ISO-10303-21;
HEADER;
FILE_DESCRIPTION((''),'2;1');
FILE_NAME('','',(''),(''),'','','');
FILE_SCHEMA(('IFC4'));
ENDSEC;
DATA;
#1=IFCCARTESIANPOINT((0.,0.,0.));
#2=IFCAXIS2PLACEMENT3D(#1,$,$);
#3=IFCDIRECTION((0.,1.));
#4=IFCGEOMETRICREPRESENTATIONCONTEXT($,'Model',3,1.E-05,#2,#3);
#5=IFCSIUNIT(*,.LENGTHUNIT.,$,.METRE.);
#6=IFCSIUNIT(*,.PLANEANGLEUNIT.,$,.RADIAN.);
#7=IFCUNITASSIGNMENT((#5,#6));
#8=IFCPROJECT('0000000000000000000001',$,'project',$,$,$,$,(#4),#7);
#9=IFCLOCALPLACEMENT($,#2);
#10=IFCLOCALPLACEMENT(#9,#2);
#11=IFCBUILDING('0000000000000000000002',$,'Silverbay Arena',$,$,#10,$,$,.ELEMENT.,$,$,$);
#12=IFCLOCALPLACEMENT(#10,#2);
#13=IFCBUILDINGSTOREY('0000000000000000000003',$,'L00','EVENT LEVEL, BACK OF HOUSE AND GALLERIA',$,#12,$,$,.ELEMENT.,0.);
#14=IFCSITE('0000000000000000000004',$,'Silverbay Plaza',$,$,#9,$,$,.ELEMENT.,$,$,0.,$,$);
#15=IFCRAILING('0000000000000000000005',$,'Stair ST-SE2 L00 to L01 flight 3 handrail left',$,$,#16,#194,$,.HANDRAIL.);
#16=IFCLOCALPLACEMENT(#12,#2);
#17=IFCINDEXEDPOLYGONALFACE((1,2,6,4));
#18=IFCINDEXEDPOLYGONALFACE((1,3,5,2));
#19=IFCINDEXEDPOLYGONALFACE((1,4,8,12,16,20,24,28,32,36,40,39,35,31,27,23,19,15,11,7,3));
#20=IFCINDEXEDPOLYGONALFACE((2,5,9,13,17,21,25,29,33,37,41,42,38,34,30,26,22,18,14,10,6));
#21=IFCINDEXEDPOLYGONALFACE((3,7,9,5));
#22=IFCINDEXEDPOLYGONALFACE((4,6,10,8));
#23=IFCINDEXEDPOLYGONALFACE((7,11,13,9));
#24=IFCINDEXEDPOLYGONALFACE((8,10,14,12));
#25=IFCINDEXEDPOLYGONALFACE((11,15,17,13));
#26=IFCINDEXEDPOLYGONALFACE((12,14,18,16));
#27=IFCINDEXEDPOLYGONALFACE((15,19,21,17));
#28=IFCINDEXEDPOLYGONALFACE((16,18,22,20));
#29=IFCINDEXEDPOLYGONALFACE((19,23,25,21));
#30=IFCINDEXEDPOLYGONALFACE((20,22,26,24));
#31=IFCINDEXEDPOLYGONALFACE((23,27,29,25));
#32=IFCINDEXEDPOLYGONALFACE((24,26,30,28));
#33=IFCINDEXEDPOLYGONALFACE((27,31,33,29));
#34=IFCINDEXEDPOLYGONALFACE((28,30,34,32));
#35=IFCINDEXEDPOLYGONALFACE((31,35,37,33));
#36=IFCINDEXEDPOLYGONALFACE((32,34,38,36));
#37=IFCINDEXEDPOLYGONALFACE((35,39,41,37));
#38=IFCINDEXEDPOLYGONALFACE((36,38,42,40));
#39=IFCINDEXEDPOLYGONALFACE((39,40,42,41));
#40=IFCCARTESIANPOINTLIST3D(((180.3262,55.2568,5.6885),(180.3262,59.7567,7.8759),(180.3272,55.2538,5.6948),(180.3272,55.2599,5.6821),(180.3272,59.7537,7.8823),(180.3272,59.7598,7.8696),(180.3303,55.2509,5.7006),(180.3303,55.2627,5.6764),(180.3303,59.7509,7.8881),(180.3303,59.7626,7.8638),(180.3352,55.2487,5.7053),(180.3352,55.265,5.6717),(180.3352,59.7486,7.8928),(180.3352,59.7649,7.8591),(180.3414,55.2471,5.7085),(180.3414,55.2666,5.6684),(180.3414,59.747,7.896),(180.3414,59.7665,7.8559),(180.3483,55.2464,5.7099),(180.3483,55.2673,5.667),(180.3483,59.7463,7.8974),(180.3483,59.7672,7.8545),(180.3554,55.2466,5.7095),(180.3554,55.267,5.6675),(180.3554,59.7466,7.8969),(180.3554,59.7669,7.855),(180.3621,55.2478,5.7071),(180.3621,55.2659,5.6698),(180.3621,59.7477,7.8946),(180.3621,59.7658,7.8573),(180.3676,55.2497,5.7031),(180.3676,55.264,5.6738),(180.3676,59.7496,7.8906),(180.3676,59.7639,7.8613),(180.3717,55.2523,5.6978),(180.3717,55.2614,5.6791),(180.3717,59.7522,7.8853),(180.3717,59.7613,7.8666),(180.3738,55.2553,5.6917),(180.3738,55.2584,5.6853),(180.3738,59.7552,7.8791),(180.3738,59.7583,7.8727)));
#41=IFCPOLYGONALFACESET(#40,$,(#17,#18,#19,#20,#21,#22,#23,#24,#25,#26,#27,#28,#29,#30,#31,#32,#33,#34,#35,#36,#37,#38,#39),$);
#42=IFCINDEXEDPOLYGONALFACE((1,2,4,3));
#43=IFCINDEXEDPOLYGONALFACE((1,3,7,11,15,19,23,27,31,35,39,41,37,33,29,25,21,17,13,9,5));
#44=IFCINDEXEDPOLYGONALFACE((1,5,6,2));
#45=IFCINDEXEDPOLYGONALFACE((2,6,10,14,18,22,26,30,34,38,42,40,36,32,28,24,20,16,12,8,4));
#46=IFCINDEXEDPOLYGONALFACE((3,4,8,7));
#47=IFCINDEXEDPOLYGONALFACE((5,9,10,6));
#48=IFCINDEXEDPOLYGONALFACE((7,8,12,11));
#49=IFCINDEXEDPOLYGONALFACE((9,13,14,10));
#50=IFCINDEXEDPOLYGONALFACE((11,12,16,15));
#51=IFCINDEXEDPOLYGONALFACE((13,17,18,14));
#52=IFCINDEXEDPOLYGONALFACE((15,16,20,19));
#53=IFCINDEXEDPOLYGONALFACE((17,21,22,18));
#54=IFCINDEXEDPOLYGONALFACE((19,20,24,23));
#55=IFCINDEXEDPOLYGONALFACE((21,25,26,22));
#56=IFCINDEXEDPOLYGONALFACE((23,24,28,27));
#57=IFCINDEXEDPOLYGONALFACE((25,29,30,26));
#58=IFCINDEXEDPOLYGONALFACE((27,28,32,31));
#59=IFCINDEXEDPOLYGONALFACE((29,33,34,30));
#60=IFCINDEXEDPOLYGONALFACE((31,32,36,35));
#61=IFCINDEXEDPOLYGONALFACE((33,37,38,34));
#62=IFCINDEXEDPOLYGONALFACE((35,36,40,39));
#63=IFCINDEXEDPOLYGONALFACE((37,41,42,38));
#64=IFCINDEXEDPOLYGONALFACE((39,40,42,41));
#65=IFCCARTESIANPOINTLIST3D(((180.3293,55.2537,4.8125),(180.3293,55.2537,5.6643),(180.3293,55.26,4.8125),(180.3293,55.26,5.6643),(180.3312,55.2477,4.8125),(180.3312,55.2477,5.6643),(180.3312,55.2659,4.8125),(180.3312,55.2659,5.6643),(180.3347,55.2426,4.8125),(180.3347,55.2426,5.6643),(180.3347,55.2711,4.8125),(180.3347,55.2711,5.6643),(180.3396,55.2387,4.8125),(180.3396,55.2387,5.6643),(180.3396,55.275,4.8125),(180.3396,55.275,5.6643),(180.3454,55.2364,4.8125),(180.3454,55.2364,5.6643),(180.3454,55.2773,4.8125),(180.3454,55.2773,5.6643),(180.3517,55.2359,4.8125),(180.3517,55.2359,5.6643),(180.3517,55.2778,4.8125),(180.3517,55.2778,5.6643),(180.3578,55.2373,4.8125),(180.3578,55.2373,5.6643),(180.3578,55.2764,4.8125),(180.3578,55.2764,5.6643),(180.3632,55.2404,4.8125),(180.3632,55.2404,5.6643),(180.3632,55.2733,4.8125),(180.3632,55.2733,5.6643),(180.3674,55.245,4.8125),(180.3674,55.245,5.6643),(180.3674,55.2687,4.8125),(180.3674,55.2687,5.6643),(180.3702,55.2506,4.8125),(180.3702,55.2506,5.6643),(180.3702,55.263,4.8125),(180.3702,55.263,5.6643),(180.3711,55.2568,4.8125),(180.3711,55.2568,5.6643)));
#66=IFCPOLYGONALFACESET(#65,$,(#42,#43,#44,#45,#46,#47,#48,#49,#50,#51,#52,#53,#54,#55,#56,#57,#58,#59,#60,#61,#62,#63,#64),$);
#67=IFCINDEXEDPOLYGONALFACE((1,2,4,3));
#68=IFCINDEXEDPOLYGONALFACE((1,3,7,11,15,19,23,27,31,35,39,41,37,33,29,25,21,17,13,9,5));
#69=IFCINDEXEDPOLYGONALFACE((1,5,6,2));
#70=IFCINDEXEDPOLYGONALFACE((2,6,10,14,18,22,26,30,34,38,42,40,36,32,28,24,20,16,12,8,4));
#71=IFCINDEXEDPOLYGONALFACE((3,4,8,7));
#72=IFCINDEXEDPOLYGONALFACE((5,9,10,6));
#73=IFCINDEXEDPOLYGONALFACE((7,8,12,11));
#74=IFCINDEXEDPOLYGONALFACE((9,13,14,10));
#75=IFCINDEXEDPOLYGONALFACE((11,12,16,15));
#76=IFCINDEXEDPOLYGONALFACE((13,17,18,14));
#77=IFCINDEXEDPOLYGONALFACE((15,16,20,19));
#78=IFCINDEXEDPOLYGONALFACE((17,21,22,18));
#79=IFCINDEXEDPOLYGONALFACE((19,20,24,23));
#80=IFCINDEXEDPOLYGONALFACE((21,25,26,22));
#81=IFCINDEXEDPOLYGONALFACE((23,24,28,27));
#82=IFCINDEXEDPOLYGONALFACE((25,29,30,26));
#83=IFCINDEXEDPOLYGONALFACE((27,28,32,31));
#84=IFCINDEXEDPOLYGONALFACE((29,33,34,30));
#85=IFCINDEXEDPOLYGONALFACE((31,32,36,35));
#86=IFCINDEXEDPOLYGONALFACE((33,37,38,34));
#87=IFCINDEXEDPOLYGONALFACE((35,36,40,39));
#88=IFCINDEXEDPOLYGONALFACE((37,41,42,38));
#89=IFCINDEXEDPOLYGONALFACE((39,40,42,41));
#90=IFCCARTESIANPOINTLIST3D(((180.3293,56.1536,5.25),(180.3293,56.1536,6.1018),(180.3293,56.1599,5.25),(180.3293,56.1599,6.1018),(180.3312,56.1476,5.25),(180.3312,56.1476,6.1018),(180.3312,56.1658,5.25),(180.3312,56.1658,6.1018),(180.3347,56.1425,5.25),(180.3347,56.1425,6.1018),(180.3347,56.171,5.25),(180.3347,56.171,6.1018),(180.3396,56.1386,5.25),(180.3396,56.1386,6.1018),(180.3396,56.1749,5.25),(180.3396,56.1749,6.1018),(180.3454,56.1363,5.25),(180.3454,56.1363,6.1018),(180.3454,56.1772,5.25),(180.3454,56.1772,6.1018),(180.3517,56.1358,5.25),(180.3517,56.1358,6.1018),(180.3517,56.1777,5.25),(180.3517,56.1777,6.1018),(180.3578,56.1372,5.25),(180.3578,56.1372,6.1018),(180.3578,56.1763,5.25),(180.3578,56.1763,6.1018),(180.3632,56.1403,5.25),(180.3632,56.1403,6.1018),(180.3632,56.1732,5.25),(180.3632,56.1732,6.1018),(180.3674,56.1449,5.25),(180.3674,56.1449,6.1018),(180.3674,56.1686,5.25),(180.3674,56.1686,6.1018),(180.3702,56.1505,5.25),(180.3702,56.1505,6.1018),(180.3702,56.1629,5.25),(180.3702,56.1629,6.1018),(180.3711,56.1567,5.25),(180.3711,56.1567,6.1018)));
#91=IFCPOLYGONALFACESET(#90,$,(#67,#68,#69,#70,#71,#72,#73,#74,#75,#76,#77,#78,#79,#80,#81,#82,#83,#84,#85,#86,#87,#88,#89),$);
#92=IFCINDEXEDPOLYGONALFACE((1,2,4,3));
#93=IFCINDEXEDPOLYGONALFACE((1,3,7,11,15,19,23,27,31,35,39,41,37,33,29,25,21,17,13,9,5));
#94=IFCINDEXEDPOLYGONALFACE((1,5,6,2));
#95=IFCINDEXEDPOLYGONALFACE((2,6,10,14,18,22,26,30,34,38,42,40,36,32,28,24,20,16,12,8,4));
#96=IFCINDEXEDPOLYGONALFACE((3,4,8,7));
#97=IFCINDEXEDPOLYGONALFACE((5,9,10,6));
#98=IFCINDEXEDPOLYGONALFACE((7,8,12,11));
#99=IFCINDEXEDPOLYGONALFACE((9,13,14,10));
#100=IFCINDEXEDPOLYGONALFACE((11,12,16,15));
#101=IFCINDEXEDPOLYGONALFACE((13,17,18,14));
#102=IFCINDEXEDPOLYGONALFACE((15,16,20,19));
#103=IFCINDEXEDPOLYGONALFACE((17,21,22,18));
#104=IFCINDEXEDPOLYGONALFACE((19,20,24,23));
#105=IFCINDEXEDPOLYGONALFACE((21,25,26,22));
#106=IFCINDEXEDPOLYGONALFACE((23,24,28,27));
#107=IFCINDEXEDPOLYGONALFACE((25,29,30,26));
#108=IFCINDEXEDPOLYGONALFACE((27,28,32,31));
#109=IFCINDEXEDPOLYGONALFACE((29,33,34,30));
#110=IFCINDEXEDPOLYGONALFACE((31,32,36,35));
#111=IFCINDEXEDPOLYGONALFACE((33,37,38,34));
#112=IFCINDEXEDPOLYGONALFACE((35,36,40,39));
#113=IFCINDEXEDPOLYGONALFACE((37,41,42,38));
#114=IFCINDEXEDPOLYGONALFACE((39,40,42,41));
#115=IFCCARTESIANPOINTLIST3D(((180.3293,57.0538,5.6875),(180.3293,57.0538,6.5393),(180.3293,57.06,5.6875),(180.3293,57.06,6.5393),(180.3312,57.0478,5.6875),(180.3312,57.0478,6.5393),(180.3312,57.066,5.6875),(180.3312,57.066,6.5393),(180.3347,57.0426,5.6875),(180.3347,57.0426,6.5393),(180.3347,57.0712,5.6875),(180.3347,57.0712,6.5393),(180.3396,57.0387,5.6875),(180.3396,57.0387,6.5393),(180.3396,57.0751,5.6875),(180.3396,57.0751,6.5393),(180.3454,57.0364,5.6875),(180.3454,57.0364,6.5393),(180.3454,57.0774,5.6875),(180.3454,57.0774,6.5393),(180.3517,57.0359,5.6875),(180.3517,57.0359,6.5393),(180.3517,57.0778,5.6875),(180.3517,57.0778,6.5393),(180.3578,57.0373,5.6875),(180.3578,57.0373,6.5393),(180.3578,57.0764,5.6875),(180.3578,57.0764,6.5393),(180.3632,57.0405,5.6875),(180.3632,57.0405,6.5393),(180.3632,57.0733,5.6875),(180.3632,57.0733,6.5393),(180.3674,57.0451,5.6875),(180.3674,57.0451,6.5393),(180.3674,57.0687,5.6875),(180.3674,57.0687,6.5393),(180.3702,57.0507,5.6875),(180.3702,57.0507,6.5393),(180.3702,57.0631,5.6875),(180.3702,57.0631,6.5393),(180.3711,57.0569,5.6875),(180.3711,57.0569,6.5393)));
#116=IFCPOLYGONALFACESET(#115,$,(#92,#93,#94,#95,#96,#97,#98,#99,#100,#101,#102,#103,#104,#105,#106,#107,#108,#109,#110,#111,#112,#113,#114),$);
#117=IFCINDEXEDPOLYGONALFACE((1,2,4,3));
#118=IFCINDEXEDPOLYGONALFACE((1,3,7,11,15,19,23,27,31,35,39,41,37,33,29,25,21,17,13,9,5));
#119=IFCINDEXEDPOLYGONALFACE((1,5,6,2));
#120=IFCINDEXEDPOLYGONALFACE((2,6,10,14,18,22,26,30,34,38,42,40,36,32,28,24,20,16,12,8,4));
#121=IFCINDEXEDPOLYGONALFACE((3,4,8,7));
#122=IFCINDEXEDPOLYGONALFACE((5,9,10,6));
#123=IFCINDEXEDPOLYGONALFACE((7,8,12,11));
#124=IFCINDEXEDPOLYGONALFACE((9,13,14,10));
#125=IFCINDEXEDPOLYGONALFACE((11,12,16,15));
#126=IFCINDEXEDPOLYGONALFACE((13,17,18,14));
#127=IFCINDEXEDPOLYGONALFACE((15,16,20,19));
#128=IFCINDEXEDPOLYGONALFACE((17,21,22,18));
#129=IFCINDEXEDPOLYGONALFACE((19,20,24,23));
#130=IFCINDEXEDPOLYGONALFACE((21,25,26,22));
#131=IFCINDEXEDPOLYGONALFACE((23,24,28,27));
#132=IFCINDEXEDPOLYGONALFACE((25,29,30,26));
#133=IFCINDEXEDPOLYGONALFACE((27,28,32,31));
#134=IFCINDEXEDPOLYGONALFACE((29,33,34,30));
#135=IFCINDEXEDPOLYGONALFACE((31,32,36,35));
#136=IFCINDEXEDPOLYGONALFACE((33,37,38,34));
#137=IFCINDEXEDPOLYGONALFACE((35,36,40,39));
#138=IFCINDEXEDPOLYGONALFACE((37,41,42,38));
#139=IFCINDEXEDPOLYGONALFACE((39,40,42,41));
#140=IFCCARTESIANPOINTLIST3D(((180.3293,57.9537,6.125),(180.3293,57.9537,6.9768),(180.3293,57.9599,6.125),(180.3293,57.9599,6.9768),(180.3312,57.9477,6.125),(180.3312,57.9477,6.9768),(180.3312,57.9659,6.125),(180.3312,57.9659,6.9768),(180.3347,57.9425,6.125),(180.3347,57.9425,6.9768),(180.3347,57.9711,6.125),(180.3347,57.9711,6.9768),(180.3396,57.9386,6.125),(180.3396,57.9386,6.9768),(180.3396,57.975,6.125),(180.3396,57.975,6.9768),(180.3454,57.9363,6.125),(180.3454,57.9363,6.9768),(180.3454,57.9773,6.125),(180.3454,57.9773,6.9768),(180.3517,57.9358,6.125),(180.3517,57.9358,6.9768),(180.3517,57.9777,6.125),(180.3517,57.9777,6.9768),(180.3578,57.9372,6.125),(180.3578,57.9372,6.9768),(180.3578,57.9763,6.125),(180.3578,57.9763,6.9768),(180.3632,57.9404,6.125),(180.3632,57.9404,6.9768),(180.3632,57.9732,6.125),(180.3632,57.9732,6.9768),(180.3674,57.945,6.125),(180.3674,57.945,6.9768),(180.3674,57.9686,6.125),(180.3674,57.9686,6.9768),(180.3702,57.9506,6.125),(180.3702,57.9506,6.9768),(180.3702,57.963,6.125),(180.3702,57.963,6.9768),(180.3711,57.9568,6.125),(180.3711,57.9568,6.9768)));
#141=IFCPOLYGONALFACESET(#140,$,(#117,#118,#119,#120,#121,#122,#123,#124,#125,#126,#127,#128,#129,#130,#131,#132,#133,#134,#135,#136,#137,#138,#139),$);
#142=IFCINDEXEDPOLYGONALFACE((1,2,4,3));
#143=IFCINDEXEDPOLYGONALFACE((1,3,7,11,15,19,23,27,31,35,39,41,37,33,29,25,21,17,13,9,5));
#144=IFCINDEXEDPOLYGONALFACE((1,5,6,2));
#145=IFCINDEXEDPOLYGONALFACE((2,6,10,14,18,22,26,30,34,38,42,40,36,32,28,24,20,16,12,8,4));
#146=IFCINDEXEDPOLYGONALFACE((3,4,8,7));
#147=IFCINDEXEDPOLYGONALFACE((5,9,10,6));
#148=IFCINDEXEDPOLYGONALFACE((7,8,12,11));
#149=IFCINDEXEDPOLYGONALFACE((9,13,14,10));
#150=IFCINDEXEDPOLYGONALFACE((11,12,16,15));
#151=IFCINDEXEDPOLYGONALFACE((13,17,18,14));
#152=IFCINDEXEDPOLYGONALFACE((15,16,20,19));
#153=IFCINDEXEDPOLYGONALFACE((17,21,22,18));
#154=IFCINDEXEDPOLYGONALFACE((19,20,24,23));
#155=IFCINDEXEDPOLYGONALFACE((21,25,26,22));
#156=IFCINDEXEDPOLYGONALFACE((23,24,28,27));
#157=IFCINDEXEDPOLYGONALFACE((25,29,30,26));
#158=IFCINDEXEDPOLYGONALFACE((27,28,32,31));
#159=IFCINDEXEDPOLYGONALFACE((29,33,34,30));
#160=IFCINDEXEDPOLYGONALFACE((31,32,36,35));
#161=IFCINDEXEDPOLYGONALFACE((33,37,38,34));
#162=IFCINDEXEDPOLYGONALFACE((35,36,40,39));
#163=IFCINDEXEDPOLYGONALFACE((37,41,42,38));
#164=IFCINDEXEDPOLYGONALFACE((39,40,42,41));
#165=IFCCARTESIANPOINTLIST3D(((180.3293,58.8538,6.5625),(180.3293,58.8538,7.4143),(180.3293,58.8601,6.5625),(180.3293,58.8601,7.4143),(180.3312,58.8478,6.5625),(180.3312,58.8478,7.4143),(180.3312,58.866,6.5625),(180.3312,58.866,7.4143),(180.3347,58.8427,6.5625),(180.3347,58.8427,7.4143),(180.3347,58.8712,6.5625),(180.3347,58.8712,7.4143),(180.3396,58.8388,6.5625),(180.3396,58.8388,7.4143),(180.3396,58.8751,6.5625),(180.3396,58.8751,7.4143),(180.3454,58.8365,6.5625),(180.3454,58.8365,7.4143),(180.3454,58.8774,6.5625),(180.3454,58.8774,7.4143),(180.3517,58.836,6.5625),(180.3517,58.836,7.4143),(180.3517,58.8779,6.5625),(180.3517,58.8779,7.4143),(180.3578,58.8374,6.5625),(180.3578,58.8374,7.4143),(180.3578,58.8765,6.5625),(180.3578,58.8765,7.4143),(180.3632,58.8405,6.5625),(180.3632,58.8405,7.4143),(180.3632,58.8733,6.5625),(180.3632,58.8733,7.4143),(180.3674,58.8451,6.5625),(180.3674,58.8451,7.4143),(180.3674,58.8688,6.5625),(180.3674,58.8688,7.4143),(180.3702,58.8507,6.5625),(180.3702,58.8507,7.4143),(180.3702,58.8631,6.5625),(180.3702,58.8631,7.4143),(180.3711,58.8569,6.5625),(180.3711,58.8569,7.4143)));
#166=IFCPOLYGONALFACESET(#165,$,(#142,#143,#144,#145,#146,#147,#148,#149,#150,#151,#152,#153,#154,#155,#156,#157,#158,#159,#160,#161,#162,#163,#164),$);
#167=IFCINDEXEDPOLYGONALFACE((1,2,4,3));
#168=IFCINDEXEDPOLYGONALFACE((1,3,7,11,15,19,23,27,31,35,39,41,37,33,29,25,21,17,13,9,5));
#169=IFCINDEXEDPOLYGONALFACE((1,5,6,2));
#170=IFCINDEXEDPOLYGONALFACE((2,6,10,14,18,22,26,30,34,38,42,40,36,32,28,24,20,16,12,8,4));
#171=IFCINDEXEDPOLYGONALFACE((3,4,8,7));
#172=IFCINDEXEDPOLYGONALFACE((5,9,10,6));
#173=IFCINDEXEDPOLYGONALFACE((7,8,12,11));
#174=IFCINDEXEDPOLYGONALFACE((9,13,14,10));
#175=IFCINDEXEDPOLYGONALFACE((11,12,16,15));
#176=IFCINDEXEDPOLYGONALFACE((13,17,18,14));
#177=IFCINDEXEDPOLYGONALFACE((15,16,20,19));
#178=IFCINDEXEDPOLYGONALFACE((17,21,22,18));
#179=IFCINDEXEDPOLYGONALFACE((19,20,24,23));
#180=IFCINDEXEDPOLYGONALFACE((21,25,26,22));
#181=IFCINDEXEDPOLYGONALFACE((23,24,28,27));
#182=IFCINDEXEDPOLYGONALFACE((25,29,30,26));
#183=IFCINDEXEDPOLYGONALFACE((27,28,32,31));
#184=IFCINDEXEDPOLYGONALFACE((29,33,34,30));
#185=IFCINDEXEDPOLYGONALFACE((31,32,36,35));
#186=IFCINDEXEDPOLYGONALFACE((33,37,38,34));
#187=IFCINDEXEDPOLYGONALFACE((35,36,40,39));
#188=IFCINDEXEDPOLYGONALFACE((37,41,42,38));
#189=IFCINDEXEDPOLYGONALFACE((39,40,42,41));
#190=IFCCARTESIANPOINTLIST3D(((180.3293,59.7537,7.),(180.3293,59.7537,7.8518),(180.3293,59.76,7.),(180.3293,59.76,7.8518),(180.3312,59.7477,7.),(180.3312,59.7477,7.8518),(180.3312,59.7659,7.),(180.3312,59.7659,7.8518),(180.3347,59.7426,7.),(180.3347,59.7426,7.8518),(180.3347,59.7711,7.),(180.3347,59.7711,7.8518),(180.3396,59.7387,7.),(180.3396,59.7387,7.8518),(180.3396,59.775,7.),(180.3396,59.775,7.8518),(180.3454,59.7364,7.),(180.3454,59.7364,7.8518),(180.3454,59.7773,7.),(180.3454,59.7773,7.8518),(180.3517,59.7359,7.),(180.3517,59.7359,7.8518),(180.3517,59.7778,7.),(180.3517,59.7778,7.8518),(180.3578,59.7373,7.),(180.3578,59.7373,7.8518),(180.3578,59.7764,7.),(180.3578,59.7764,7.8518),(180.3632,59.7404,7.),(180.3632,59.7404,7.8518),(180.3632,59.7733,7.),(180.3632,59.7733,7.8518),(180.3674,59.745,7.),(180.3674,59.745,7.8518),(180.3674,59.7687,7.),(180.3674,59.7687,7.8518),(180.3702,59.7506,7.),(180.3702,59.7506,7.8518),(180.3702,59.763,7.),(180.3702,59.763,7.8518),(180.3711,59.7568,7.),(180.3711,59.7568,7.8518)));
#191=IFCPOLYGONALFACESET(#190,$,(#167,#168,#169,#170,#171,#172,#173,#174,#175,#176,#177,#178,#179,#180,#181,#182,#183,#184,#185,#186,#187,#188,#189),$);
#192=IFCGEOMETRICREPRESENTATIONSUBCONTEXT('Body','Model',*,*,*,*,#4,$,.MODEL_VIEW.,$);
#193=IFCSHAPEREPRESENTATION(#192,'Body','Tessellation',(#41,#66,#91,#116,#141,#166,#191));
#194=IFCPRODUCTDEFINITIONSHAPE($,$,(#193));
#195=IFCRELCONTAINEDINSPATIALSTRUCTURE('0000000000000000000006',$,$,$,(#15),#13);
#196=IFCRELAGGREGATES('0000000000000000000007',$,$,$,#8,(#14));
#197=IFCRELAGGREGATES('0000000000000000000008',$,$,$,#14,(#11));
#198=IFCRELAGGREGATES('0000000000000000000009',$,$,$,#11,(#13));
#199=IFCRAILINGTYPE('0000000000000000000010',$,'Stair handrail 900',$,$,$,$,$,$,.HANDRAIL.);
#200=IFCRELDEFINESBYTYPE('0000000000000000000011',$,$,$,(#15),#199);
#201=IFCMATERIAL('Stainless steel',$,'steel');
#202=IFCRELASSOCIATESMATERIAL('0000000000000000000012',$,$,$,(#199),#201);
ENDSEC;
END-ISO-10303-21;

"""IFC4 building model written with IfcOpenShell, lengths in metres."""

from ifc_helpers import new_model, si_unit, direction, frame, origin, origin_2d, place, context, subcontext, project, spatial, circle, extrude, material, type_object, element, save


model = new_model("IFC4")

# Units and contexts
model_context = context("Model", 3, precision=1e-05, world=origin(), true_north=direction((0.0, 1.0)))
body_context = subcontext(model_context, "Body", "Model", "MODEL_VIEW")
ifc_project = project(units=[si_unit("LENGTHUNIT", "METRE"), si_unit("PLANEANGLEUNIT", "RADIAN")], contexts=[model_context])

# Site, building, storey
site_placement = place(None, origin())
site = spatial("IfcSite", under=ifc_project, at=site_placement, Name="Silverbay Plaza", CompositionType="ELEMENT", RefElevation=0.0)
building_placement = place(site_placement, origin())
building = spatial("IfcBuilding", under=site, at=building_placement, Name="Silverbay Arena", CompositionType="ELEMENT")
storey_placement = place(building_placement, origin())
storey = spatial("IfcBuildingStorey", under=building, at=storey_placement, Name="L00", Description="EVENT LEVEL, BACK OF HOUSE AND GALLERIA", CompositionType="ELEMENT", Elevation=0.0)

# Railing
ifc_material_1 = material(Name="Stainless steel", Category="steel")
railing_type_1 = type_object("IfcRailingType", Name="Stair handrail 900", PredefinedType="HANDRAIL", material=ifc_material_1)
for number, where, name in (
    (1, (180.3501, 55.2568, 4.8125), "Stair ST-SE2 L00 to L01 flight 3 handrail left"),
):
    element("IfcRailing", number, at=place(storey_placement, frame(where)), inside=storey, type_object=railing_type_1, Name=name, PredefinedType="HANDRAIL", context=body_context, shape_type="SweptSolid", body=[
        extrude(circle(Radius=0.0239, at=origin_2d()), frame((0.0, 0.0, 0.876), z_axis=(0.0, 0.899368, 0.437193), x_axis=(-1.0, 0.0, 0.0)), (0.0, 0.0, 1.0), 5.0034),
        extrude(circle(Radius=0.021, at=origin_2d()), origin(), (0.0, 0.0, 1.0), 0.8518),
        extrude(circle(Radius=0.021, at=origin_2d()), frame((0.0, 0.8999, 0.4375)), (0.0, 0.0, 1.0), 0.8518),
        extrude(circle(Radius=0.021, at=origin_2d()), frame((0.0, 1.8, 0.875)), (0.0, 0.0, 1.0), 0.8518),
        extrude(circle(Radius=0.021, at=origin_2d()), frame((0.0, 2.7, 1.3125)), (0.0, 0.0, 1.0), 0.8518),
        extrude(circle(Radius=0.021, at=origin_2d()), frame((0.0, 3.6001, 1.75)), (0.0, 0.0, 1.0), 0.8518),
        extrude(circle(Radius=0.021, at=origin_2d()), frame((0.0, 4.5, 2.1875)), (0.0, 0.0, 1.0), 0.8518),
    ])

save(model, "model.ifc")
